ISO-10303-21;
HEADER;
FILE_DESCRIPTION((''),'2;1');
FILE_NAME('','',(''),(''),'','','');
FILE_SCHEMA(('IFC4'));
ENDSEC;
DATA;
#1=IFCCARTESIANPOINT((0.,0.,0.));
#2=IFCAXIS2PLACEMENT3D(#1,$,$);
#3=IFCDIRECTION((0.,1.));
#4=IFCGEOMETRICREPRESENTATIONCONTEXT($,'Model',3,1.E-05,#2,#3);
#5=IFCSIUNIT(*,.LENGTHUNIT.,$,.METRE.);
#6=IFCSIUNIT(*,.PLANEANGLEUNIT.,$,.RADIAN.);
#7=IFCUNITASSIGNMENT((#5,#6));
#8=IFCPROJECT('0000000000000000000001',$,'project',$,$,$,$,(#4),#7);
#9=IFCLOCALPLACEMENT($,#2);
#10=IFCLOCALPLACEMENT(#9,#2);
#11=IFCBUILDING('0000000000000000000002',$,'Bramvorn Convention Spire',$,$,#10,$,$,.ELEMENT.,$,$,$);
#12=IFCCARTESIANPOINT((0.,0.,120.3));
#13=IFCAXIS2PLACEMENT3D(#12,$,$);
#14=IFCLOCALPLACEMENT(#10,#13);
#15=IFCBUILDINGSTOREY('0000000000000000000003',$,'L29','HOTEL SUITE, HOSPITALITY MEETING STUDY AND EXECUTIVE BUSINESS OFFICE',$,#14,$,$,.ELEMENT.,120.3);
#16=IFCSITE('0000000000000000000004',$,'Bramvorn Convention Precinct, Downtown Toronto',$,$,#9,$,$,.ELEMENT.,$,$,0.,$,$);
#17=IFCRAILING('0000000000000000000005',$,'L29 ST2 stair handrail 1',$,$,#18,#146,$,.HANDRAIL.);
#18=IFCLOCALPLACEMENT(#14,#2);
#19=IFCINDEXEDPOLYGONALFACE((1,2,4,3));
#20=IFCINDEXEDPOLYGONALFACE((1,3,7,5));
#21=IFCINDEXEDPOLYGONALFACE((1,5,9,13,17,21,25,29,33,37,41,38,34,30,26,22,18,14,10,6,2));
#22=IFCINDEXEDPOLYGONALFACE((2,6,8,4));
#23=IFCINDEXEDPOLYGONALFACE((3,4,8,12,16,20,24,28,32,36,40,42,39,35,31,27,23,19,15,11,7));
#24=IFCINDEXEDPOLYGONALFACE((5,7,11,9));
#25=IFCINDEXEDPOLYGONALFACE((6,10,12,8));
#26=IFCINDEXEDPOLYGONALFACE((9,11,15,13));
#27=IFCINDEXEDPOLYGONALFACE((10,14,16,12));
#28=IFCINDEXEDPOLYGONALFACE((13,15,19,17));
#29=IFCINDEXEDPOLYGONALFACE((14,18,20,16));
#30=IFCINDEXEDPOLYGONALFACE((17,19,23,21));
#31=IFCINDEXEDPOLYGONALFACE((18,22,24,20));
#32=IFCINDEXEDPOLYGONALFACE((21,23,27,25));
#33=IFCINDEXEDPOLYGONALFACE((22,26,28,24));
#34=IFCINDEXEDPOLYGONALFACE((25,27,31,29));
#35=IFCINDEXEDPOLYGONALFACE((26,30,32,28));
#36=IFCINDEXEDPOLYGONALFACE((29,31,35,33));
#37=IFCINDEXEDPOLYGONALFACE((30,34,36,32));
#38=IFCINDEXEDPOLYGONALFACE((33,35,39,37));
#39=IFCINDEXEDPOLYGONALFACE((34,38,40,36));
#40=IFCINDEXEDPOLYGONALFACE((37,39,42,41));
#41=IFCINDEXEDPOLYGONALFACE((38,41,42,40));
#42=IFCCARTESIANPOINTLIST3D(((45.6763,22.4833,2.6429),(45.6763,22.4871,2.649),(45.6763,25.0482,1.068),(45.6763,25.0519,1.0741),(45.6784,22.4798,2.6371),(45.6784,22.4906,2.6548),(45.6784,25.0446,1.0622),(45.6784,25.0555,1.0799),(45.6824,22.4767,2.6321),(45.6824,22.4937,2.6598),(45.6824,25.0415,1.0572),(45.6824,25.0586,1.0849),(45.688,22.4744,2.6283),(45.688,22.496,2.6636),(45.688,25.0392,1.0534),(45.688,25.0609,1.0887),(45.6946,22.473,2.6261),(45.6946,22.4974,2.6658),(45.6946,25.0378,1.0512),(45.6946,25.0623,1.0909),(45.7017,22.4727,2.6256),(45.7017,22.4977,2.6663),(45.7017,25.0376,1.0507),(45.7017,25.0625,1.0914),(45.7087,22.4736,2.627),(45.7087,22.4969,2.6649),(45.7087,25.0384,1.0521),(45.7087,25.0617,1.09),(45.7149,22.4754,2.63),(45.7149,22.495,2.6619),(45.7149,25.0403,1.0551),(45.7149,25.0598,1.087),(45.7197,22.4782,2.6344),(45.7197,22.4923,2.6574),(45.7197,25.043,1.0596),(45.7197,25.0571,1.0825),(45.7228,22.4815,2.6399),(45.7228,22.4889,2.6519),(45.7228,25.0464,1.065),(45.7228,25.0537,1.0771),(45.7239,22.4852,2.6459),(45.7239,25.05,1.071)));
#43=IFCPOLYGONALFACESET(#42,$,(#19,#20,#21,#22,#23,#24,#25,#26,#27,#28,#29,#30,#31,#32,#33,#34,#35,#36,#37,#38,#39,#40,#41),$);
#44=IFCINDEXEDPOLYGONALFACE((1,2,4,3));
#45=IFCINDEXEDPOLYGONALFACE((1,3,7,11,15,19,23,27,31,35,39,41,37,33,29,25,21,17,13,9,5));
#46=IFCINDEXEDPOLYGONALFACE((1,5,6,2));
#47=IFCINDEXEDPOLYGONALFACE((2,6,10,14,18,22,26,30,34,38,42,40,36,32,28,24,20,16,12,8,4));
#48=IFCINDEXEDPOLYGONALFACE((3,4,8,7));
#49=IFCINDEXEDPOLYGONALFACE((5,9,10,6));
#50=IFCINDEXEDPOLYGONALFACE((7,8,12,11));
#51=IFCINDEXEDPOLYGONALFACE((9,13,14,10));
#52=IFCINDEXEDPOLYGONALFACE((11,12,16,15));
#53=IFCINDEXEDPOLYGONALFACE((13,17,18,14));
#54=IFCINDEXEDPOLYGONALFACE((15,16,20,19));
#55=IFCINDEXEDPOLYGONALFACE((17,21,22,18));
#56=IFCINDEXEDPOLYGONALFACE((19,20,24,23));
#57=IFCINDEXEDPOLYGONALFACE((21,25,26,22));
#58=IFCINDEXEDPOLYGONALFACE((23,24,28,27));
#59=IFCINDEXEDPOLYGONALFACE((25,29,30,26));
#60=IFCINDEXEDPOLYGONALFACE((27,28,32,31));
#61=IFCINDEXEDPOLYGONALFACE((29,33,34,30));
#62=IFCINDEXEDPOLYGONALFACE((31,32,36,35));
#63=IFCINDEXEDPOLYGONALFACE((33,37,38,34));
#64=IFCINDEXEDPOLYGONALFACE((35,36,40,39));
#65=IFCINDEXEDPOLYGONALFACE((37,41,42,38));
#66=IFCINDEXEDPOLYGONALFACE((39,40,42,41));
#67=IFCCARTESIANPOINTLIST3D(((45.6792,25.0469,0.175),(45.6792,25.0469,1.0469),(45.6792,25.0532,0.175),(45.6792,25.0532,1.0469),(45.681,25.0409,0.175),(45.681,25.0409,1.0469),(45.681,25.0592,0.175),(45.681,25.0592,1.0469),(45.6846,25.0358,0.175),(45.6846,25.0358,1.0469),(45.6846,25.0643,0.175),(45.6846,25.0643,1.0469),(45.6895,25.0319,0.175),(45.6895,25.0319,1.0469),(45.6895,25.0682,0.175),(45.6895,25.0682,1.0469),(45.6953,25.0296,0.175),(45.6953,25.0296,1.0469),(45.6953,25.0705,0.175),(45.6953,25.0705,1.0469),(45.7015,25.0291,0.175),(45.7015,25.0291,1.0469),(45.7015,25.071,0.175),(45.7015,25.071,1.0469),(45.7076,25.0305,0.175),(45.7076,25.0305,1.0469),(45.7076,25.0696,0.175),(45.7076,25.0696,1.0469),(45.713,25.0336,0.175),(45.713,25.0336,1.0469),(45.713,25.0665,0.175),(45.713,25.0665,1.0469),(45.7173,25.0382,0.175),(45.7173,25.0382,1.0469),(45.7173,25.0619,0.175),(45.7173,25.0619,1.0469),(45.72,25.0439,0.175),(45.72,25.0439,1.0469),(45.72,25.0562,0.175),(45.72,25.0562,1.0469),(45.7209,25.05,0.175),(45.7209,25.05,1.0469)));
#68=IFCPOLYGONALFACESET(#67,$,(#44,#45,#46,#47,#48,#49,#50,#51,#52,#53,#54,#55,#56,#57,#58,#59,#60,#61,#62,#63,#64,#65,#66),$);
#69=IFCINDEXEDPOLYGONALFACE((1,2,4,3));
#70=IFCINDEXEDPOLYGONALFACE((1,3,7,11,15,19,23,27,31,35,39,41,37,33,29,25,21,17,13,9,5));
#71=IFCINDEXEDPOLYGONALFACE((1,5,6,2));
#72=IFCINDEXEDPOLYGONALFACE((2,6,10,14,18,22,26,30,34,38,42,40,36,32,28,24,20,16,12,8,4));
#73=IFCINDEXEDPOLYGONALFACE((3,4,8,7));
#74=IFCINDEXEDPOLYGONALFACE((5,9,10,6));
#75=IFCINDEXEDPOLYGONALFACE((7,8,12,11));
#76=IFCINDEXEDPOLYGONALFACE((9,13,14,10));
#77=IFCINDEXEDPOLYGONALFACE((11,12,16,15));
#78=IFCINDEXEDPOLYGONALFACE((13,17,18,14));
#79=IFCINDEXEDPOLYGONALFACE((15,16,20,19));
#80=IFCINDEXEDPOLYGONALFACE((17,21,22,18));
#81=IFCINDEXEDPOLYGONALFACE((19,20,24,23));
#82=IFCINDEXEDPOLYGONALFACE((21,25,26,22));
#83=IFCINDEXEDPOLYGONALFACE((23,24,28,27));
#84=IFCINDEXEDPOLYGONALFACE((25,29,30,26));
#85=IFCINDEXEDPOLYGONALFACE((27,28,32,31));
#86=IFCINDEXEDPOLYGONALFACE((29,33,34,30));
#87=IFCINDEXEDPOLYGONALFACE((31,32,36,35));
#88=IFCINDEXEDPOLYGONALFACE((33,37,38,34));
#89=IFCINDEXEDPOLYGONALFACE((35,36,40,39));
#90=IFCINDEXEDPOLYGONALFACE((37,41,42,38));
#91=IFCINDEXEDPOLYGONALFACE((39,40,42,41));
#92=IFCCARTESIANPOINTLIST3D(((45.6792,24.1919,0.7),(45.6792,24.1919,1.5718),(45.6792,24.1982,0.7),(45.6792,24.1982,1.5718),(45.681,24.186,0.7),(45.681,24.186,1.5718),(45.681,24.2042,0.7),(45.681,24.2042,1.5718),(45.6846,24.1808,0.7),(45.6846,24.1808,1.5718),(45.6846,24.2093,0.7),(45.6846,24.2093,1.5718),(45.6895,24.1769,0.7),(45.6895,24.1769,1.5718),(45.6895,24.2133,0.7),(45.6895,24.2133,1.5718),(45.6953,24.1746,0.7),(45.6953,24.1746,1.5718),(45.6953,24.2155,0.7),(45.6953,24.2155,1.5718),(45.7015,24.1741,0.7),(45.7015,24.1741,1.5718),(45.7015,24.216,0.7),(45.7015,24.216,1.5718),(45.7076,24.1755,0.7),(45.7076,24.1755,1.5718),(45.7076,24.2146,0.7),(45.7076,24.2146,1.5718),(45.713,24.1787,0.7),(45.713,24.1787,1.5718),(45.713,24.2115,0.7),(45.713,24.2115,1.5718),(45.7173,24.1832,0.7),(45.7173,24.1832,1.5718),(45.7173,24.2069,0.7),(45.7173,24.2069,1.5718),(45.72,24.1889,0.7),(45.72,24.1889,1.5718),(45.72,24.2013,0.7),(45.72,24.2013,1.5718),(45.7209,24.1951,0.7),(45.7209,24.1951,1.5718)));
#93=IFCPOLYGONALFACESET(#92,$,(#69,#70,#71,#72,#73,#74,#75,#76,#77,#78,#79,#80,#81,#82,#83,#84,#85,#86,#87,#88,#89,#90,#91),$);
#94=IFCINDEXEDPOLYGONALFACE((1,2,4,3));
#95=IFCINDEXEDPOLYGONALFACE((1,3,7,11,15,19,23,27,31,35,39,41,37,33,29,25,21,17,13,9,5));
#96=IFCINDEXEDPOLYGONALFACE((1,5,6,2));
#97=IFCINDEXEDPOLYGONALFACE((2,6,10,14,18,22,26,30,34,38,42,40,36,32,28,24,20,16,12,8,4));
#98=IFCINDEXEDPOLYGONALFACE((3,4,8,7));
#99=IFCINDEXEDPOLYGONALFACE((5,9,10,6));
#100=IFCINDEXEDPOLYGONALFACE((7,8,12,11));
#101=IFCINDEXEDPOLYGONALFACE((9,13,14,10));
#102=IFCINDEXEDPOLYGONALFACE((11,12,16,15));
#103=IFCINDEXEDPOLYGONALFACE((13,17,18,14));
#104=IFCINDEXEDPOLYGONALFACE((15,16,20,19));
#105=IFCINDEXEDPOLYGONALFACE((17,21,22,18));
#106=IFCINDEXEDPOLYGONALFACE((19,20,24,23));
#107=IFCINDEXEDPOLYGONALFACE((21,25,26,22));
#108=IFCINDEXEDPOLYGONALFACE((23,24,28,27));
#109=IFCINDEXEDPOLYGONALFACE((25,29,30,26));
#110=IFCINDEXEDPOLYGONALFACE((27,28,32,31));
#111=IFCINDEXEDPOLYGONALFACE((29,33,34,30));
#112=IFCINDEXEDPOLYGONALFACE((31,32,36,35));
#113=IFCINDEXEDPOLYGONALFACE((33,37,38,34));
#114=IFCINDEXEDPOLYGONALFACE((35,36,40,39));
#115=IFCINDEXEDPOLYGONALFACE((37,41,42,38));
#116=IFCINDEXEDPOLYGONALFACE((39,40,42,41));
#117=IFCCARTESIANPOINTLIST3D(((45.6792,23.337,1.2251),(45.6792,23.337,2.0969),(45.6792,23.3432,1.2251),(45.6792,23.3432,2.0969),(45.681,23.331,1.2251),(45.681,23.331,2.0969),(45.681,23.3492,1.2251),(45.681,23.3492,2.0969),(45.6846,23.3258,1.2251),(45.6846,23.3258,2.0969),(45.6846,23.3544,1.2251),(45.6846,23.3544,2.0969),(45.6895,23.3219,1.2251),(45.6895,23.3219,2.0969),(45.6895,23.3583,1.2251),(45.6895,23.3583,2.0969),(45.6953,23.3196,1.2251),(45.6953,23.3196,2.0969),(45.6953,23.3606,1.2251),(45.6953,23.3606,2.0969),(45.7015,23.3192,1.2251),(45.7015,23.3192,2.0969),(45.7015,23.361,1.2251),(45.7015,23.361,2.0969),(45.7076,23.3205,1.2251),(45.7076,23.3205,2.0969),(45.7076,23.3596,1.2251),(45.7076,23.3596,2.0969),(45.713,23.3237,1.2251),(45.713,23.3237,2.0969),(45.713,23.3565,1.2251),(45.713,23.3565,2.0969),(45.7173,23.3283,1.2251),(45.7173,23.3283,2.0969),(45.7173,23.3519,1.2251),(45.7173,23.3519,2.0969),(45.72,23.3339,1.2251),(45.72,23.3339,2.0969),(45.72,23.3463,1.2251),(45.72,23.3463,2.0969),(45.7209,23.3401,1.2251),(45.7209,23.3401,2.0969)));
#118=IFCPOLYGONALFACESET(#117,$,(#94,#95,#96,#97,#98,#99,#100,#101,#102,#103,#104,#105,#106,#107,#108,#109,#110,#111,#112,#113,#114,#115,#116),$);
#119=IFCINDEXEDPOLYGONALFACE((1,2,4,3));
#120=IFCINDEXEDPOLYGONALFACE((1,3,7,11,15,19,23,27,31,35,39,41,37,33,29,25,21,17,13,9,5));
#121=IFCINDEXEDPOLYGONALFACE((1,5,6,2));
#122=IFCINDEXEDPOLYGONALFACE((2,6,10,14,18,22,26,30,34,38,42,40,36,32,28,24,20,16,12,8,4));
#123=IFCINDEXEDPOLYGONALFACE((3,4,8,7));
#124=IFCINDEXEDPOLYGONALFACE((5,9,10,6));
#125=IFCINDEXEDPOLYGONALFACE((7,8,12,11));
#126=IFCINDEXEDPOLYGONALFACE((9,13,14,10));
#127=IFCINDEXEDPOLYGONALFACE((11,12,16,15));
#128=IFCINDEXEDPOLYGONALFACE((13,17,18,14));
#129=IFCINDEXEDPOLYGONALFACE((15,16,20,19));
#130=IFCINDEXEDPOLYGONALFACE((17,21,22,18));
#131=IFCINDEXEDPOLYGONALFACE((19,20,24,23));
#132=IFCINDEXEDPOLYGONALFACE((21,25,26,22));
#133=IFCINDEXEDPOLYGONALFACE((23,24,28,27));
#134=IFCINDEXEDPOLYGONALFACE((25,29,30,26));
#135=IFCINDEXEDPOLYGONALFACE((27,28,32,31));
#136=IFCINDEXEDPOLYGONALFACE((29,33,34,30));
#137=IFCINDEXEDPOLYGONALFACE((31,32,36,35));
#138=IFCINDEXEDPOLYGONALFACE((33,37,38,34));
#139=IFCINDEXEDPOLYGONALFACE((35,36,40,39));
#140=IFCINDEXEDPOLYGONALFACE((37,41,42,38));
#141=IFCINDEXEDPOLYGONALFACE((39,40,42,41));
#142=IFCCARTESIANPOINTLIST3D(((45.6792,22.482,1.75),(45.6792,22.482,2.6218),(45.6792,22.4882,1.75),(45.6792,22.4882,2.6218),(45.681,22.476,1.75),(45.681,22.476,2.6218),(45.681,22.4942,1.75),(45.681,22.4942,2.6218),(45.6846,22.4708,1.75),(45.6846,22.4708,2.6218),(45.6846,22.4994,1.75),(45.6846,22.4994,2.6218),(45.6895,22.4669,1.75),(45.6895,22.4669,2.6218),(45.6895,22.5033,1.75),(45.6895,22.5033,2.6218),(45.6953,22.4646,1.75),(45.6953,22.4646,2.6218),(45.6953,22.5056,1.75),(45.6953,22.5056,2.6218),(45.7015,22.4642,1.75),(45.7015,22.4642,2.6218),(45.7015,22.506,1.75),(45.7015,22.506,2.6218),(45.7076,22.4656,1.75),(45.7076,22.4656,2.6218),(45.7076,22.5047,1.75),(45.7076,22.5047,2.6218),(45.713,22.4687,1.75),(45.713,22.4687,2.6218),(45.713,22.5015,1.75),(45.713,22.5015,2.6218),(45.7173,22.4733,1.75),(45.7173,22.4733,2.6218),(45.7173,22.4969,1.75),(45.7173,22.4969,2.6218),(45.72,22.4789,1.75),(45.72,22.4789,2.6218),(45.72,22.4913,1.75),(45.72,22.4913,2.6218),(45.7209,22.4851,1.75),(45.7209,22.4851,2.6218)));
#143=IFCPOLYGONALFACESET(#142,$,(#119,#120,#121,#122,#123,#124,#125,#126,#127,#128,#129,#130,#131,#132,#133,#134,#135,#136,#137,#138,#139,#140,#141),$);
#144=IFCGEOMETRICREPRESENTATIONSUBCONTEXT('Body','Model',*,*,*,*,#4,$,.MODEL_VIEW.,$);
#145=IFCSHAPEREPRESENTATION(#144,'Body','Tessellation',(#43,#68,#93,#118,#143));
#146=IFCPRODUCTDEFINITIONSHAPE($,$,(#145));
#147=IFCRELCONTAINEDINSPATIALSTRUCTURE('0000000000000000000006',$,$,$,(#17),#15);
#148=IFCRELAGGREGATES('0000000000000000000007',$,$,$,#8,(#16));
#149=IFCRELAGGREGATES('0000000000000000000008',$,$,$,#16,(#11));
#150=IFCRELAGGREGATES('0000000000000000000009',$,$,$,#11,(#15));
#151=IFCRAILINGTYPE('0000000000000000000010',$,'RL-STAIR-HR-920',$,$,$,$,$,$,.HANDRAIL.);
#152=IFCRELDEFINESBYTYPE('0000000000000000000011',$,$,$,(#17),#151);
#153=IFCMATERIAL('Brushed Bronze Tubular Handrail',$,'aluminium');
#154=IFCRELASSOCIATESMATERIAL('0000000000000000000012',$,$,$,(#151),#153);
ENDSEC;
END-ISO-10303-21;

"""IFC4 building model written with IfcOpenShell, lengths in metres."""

from ifc_helpers import new_model, si_unit, direction, frame, origin, origin_2d, place, context, subcontext, project, spatial, circle, extrude, material, type_object, element, save


model = new_model("IFC4")

# Units and contexts
model_context = context("Model", 3, precision=1e-05, world=origin(), true_north=direction((0.0, 1.0)))
body_context = subcontext(model_context, "Body", "Model", "MODEL_VIEW")
ifc_project = project(units=[si_unit("LENGTHUNIT", "METRE"), si_unit("PLANEANGLEUNIT", "RADIAN")], contexts=[model_context])

# Site, building, storey
site_placement = place(None, origin())
site = spatial("IfcSite", under=ifc_project, at=site_placement, Name="Bramvorn Convention Precinct, Downtown Toronto", CompositionType="ELEMENT", RefElevation=0.0)
building_placement = place(site_placement, origin())
building = spatial("IfcBuilding", under=site, at=building_placement, Name="Bramvorn Convention Spire", CompositionType="ELEMENT")
storey_placement = place(building_placement, frame((0.0, 0.0, 120.3)))
storey = spatial("IfcBuildingStorey", under=building, at=storey_placement, Name="L29", Description="HOTEL SUITE, HOSPITALITY MEETING STUDY AND EXECUTIVE BUSINESS OFFICE", CompositionType="ELEMENT", Elevation=120.3)

# Railing
ifc_material_1 = material(Name="Brushed Bronze Tubular Handrail", Category="aluminium")
railing_type_1 = type_object("IfcRailingType", Name="RL-STAIR-HR-920", PredefinedType="HANDRAIL", material=ifc_material_1)
railing_1_placement = place(storey_placement, frame((45.7, 25.05, 0.175)))
element("IfcRailing", 1, at=railing_1_placement, inside=storey, type_object=railing_type_1, Name="L29 ST2 stair handrail 1", PredefinedType="HANDRAIL", context=body_context, shape_type="SweptSolid", body=[
    extrude(circle(Radius=0.0239, at=origin_2d()), frame((0.0, 0.0, 0.896), z_axis=(0.0, -0.852173, 0.52326), x_axis=(1.0, 0.0, 0.0)), (0.0, 0.0, 1.0), 3.0098),
    extrude(circle(Radius=0.021, at=origin_2d()), origin(), (0.0, 0.0, 1.0), 0.8718),
    extrude(circle(Radius=0.021, at=origin_2d()), frame((0.0, -0.855, 0.5249)), (0.0, 0.0, 1.0), 0.8718),
    extrude(circle(Radius=0.021, at=origin_2d()), frame((0.0, -1.71, 1.05)), (0.0, 0.0, 1.0), 0.8718),
    extrude(circle(Radius=0.021, at=origin_2d()), frame((0.0, -2.5649, 1.575)), (0.0, 0.0, 1.0), 0.8718),
])

save(model, "model.ifc")
